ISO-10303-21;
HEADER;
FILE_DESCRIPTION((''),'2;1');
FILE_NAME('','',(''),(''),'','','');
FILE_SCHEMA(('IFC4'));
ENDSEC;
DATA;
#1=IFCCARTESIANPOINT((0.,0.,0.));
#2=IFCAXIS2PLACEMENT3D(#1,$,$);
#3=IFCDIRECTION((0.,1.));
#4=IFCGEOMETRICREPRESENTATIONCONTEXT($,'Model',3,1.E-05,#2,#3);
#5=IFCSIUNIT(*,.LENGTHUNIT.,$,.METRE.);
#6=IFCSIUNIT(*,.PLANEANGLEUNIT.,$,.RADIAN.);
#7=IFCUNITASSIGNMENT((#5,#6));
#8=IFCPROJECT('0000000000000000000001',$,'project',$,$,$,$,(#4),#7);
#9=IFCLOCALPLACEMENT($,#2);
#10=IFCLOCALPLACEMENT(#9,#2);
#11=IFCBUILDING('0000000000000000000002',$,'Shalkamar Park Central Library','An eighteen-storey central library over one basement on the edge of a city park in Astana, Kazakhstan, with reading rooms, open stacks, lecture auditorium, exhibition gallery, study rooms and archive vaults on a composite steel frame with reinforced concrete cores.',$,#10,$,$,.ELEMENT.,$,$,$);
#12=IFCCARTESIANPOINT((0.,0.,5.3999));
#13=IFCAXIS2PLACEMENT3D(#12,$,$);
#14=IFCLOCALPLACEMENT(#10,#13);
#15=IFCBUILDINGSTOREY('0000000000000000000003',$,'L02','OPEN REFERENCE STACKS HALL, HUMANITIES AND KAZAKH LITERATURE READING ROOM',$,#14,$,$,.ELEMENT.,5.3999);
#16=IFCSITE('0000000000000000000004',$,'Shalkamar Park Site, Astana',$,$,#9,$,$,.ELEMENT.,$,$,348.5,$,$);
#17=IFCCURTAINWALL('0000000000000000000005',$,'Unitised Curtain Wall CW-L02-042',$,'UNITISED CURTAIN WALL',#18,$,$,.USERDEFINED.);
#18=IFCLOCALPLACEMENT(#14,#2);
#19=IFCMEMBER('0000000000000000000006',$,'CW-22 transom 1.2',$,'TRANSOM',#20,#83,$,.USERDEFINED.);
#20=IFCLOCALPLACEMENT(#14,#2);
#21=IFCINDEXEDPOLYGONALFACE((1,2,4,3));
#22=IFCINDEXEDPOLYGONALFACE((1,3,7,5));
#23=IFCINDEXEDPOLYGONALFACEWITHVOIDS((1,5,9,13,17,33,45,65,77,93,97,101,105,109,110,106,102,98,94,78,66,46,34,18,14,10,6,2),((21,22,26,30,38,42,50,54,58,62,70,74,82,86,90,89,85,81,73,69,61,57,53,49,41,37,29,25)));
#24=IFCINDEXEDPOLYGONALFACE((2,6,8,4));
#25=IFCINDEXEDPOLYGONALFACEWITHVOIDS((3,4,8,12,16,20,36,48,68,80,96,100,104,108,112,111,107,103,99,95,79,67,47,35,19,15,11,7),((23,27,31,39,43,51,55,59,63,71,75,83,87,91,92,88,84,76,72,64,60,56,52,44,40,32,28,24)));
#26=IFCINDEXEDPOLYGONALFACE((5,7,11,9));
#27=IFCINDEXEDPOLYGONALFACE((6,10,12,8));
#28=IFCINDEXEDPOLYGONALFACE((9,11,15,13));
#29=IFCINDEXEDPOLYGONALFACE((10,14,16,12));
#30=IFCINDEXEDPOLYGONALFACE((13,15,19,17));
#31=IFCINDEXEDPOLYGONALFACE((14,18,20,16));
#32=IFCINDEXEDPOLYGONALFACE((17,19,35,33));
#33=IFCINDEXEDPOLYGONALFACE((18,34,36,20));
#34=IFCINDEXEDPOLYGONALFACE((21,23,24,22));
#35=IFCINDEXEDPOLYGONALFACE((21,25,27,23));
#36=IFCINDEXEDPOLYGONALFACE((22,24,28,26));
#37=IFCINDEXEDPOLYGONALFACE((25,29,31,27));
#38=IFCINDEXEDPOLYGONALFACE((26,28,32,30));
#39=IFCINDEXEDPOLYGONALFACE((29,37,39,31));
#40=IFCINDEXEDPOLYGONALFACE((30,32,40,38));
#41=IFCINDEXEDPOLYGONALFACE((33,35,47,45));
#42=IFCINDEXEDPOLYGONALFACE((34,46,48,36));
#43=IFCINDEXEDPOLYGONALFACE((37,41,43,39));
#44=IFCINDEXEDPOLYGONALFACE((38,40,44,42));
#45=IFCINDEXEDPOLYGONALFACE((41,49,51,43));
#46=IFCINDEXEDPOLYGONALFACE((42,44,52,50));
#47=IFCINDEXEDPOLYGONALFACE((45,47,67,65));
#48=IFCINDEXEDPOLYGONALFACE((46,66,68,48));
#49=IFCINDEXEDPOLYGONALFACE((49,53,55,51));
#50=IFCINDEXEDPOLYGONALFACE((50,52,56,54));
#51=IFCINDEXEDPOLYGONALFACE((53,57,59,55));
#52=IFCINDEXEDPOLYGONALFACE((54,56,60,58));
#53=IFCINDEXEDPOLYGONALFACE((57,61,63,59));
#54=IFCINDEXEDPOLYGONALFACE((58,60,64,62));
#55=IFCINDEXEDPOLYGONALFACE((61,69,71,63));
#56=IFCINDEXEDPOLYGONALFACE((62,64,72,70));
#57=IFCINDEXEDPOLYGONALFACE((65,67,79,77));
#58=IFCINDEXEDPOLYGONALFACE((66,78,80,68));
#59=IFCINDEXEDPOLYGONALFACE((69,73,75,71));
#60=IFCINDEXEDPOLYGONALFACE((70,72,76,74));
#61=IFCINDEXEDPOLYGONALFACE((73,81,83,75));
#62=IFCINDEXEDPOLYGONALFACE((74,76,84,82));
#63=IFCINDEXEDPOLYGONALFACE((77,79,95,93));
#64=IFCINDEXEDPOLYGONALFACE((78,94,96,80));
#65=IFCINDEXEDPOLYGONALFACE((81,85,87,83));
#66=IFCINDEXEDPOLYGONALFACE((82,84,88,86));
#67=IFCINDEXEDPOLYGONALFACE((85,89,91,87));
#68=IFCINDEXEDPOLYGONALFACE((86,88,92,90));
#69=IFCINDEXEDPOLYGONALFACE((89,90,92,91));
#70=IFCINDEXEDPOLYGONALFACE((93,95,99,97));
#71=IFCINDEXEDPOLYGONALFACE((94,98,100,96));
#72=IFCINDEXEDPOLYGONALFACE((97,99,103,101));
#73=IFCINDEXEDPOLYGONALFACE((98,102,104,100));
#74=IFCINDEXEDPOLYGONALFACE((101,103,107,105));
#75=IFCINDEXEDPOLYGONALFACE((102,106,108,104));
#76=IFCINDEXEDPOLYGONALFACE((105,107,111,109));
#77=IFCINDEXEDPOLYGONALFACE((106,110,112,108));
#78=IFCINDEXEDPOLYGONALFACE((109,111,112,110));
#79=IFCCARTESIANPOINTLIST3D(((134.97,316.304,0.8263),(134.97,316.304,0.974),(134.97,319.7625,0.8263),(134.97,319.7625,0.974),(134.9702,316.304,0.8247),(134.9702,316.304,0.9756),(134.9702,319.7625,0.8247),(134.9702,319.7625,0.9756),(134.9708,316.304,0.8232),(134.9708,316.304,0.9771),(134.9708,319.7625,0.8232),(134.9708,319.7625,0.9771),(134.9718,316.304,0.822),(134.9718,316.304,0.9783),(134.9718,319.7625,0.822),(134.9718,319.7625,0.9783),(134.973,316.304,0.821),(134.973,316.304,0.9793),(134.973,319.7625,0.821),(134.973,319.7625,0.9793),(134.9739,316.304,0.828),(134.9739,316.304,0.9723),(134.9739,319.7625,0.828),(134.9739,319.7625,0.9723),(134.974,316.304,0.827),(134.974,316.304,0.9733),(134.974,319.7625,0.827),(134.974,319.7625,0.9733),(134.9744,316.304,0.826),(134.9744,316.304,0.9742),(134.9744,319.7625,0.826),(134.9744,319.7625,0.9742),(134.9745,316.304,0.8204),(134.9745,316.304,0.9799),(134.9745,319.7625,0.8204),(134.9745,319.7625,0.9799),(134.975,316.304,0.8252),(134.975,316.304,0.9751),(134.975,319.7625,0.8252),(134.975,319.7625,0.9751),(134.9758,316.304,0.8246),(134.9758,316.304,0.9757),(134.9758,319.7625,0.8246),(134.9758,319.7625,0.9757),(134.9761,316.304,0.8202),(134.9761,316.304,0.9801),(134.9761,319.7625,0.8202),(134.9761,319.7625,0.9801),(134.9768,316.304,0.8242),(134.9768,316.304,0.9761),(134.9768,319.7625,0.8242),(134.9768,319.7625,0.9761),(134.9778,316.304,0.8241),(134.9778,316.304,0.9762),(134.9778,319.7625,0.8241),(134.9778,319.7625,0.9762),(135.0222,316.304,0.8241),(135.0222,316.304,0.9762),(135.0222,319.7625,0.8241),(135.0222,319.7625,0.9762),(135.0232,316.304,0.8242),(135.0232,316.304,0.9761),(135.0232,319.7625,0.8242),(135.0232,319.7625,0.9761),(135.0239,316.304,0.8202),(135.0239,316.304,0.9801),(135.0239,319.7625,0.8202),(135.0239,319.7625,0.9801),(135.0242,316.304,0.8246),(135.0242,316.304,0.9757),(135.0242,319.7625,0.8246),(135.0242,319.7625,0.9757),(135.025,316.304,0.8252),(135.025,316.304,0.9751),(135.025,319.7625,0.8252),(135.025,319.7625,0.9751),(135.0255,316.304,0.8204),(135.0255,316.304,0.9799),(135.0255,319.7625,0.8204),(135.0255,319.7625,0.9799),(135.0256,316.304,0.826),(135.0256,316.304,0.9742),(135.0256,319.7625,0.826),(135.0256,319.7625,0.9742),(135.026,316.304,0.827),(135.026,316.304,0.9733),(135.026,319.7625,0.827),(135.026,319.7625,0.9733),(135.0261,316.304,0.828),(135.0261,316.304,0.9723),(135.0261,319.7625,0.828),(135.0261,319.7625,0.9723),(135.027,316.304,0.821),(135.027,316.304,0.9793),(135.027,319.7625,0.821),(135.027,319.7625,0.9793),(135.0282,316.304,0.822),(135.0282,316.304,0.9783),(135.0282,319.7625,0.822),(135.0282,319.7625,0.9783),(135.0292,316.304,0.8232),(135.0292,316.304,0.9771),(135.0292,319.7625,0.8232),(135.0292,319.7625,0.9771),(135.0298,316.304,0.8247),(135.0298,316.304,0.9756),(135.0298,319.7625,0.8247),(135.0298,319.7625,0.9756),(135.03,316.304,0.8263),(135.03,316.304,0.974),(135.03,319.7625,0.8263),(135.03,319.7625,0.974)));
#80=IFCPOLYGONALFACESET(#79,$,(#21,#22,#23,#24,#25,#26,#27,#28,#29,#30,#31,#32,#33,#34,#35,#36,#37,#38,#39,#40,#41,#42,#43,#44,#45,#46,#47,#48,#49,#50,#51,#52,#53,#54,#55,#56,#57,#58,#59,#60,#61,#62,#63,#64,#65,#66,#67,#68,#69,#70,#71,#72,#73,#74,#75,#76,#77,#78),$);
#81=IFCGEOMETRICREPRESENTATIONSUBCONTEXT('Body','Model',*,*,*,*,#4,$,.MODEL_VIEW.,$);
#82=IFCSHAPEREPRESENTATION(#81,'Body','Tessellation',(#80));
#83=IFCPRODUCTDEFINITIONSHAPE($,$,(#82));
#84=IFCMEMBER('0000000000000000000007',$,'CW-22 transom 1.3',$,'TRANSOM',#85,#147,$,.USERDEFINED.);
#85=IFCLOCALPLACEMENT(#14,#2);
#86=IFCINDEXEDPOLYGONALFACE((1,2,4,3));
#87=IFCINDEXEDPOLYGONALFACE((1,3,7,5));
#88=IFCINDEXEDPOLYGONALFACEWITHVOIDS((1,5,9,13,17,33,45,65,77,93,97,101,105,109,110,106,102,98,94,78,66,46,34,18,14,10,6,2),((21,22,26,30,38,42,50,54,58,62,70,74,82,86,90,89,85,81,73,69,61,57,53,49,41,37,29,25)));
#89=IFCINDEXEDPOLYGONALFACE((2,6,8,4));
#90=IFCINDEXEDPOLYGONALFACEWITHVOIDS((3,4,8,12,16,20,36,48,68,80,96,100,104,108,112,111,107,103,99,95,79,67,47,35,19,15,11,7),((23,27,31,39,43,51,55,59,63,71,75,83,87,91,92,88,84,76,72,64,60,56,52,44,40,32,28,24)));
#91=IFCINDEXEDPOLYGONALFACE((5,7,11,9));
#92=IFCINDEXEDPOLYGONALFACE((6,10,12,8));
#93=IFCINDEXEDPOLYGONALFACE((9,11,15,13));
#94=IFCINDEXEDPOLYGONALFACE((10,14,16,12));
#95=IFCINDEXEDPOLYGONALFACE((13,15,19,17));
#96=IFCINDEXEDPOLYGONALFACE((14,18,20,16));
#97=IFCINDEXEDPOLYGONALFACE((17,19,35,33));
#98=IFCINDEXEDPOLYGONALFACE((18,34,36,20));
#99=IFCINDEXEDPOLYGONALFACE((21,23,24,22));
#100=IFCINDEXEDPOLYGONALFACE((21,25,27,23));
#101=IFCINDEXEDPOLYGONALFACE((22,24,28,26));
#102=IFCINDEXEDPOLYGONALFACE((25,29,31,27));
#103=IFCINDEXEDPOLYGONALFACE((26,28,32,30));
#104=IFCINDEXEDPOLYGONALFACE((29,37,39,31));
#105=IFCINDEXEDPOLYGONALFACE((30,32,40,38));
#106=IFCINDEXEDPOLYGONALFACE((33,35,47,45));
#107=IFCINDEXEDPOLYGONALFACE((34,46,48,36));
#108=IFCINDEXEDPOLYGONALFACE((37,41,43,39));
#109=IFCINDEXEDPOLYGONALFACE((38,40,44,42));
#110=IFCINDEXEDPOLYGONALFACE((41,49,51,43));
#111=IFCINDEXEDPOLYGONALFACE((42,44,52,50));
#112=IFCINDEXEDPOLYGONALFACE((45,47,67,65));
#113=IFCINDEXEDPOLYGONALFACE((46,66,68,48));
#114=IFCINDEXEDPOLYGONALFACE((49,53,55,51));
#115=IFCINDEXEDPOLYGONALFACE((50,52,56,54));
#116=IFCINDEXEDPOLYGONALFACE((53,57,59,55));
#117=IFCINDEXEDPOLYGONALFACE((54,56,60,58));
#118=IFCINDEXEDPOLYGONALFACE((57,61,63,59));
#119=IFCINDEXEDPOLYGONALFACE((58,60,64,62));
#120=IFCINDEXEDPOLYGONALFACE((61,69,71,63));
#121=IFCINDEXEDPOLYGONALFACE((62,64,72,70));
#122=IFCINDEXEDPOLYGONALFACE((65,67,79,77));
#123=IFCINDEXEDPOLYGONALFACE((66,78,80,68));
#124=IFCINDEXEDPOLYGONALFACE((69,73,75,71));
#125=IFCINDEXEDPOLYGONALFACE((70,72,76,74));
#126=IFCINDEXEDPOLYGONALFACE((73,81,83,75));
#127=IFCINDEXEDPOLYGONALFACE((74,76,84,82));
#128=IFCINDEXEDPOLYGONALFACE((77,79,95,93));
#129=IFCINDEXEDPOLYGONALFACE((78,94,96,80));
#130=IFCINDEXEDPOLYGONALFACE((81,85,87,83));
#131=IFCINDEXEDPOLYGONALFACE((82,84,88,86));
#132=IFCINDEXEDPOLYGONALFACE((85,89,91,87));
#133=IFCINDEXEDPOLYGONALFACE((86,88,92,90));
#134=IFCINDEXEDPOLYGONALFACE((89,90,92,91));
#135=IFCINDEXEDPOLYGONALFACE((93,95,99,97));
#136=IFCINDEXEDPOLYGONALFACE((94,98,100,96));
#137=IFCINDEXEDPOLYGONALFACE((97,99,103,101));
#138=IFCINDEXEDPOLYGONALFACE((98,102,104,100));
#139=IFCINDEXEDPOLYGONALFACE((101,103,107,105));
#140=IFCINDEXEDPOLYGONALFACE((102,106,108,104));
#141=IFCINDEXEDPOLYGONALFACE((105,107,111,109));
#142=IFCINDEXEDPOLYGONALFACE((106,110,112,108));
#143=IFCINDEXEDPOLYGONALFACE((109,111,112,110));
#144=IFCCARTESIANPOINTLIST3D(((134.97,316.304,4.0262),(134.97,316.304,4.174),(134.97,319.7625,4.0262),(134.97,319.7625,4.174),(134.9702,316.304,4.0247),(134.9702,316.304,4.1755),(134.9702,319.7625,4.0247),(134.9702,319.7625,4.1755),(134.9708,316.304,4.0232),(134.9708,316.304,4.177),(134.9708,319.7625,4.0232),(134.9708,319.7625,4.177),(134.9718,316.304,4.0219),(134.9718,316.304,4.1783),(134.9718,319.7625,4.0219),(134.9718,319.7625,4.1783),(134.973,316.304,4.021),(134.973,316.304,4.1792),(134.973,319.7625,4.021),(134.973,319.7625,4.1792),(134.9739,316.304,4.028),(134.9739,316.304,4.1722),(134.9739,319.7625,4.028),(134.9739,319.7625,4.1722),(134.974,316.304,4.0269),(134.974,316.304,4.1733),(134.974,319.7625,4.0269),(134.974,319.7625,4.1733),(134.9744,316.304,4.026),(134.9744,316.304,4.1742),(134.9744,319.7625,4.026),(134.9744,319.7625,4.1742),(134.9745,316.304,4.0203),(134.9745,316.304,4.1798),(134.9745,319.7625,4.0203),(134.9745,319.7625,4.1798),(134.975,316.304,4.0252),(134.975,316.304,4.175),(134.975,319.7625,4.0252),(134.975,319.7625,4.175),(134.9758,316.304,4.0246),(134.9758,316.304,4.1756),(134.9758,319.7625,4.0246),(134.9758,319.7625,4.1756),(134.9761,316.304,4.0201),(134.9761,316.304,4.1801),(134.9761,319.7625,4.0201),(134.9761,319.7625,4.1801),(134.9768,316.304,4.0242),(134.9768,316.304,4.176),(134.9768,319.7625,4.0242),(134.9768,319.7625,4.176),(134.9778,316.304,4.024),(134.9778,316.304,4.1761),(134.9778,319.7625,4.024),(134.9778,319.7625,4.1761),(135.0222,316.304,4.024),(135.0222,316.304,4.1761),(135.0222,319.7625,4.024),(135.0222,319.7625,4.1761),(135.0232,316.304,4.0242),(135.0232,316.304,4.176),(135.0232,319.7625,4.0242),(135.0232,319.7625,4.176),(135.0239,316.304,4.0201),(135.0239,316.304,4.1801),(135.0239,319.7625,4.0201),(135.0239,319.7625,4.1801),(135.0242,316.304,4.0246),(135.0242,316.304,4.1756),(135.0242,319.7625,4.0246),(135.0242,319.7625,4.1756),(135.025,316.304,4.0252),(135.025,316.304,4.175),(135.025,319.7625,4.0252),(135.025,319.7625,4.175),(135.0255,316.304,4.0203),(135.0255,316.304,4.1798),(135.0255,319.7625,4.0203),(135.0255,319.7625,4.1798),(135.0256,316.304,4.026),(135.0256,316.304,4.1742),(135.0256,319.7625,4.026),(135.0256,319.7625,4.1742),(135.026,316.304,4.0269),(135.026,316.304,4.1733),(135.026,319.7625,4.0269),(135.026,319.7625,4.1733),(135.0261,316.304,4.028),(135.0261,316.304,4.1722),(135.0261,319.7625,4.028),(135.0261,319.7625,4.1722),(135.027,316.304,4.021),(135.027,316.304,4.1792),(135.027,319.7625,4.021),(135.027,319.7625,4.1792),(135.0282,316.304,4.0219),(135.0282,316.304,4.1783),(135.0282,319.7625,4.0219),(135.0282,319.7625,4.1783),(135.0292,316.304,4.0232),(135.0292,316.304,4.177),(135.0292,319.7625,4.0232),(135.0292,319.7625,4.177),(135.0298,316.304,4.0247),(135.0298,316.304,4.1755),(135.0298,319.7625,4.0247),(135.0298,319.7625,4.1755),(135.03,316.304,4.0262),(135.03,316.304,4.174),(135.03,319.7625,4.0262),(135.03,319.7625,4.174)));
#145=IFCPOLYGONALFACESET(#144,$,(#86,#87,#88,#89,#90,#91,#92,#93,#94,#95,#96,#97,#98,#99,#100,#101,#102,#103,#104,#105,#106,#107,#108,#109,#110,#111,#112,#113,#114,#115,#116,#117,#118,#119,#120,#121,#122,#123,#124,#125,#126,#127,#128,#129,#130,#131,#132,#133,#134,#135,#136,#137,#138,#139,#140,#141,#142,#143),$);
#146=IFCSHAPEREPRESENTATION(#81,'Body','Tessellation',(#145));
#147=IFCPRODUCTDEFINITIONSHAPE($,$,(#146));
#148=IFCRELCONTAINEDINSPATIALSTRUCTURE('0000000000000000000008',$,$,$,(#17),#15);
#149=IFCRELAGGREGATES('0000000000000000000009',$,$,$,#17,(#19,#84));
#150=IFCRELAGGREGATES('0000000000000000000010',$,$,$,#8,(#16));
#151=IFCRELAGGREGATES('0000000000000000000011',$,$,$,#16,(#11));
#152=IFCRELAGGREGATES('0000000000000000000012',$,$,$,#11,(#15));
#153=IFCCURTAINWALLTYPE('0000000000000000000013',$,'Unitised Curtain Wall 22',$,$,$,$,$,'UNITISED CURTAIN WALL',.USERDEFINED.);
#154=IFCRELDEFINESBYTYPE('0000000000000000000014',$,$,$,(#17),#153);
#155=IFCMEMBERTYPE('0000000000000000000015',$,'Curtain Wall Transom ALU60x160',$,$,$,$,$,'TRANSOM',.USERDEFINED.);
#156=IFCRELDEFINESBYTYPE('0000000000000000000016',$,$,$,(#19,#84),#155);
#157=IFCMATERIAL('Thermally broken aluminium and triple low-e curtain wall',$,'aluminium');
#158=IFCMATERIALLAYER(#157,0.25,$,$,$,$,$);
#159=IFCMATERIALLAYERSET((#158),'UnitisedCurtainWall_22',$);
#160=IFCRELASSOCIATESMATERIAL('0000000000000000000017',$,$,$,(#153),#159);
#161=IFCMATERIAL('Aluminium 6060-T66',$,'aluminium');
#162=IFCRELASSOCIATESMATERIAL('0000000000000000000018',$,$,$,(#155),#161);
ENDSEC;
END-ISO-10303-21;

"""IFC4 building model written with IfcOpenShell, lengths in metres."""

from ifc_helpers import new_model, si_unit, direction, frame, origin, origin_2d, place, context, subcontext, project, spatial, hollow_rectangle, extrude, material, layer, layer_set, material_profile, profile_set, type_object, element, aggregate, save


model = new_model("IFC4")

# Units and contexts
model_context = context("Model", 3, precision=1e-05, world=origin(), true_north=direction((0.0, 1.0)))
body_context = subcontext(model_context, "Body", "Model", "MODEL_VIEW")
ifc_project = project(units=[si_unit("LENGTHUNIT", "METRE"), si_unit("PLANEANGLEUNIT", "RADIAN")], contexts=[model_context])

# Site, building, storey
site_placement = place(None, origin())
site = spatial("IfcSite", under=ifc_project, at=site_placement, Name="Shalkamar Park Site, Astana", CompositionType="ELEMENT", RefElevation=348.5)
building_placement = place(site_placement, origin())
building = spatial("IfcBuilding", under=site, at=building_placement, Name="Shalkamar Park Central Library", Description="An eighteen-storey central library over one basement on the edge of a city park in Astana, Kazakhstan, with reading rooms, open stacks, lecture auditorium, exhibition gallery, study rooms and archive vaults on a composite steel frame with reinforced concrete cores.", CompositionType="ELEMENT")
storey_placement = place(building_placement, frame((0.0, 0.0, 5.3999)))
storey = spatial("IfcBuildingStorey", under=building, at=storey_placement, Name="L02", Description="OPEN REFERENCE STACKS HALL, HUMANITIES AND KAZAKH LITERATURE READING ROOM", CompositionType="ELEMENT", Elevation=5.3999)

# Curtain wall, members
ifc_material_1 = material(Name="Thermally broken aluminium and triple low-e curtain wall", Category="aluminium")
ifc_layer_1 = layer(ifc_material_1, 0.25)
ifc_layer_set_1 = layer_set([ifc_layer_1], Name="UnitisedCurtainWall_22")
curtain_wall_type = type_object("IfcCurtainWallType", Name="Unitised Curtain Wall 22", ElementType="UNITISED CURTAIN WALL", PredefinedType="USERDEFINED", material=ifc_layer_set_1)
curtain_wall_placement = place(storey_placement, origin())
curtain_wall = element("IfcCurtainWall", 1, at=curtain_wall_placement, inside=storey, type_object=curtain_wall_type, Name="Unitised Curtain Wall CW-L02-042", ObjectType="UNITISED CURTAIN WALL", PredefinedType="USERDEFINED")
ifc_material_2 = material(Name="Aluminium 6060-T66", Category="aluminium")
ifc_material_profile_1 = material_profile(ifc_material_2, hollow_rectangle(XDim=0.0601, YDim=0.1599, WallThickness=0.0039, InnerFilletRadius=0.0039, OuterFilletRadius=0.0061, at=origin_2d()), Name="ALU 60x160x4")
ifc_profile_set_1 = profile_set([ifc_material_profile_1], Name="Aluminium 6060-T66")
member_type_1 = type_object("IfcMemberType", Name="Curtain Wall Transom ALU60x160", ElementType="TRANSOM", PredefinedType="USERDEFINED", material=ifc_profile_set_1)
member_1_placement = place(storey_placement, frame((135.0, 316.304, 0.9001), z_axis=(0.0, 1.0, 0.0), x_axis=(-1.0, 0.0, 0.0)))
member_1 = element("IfcMember", 2, at=member_1_placement, type_object=member_type_1, Name="CW-22 transom 1.2", ObjectType="TRANSOM", PredefinedType="USERDEFINED", context=body_context, shape_type="SweptSolid", body=[
    extrude(hollow_rectangle(XDim=0.0601, YDim=0.1599, WallThickness=0.0039, InnerFilletRadius=0.0039, OuterFilletRadius=0.0061, at=origin_2d()), origin(), (0.0, 0.0, 1.0), 3.4585),
])
member_2_placement = place(storey_placement, frame((135.0, 316.304, 4.1001), z_axis=(0.0, 1.0, 0.0), x_axis=(-1.0, 0.0, 0.0)))
member_2 = element("IfcMember", 3, at=member_2_placement, type_object=member_type_1, Name="CW-22 transom 1.3", ObjectType="TRANSOM", PredefinedType="USERDEFINED", context=body_context, shape_type="SweptSolid", body=[
    extrude(hollow_rectangle(XDim=0.0601, YDim=0.1599, WallThickness=0.0039, InnerFilletRadius=0.0039, OuterFilletRadius=0.0061, at=origin_2d()), origin(), (0.0, 0.0, 1.0), 3.4585),
])

aggregate(curtain_wall, [member_1, member_2])

save(model, "model.ifc")
